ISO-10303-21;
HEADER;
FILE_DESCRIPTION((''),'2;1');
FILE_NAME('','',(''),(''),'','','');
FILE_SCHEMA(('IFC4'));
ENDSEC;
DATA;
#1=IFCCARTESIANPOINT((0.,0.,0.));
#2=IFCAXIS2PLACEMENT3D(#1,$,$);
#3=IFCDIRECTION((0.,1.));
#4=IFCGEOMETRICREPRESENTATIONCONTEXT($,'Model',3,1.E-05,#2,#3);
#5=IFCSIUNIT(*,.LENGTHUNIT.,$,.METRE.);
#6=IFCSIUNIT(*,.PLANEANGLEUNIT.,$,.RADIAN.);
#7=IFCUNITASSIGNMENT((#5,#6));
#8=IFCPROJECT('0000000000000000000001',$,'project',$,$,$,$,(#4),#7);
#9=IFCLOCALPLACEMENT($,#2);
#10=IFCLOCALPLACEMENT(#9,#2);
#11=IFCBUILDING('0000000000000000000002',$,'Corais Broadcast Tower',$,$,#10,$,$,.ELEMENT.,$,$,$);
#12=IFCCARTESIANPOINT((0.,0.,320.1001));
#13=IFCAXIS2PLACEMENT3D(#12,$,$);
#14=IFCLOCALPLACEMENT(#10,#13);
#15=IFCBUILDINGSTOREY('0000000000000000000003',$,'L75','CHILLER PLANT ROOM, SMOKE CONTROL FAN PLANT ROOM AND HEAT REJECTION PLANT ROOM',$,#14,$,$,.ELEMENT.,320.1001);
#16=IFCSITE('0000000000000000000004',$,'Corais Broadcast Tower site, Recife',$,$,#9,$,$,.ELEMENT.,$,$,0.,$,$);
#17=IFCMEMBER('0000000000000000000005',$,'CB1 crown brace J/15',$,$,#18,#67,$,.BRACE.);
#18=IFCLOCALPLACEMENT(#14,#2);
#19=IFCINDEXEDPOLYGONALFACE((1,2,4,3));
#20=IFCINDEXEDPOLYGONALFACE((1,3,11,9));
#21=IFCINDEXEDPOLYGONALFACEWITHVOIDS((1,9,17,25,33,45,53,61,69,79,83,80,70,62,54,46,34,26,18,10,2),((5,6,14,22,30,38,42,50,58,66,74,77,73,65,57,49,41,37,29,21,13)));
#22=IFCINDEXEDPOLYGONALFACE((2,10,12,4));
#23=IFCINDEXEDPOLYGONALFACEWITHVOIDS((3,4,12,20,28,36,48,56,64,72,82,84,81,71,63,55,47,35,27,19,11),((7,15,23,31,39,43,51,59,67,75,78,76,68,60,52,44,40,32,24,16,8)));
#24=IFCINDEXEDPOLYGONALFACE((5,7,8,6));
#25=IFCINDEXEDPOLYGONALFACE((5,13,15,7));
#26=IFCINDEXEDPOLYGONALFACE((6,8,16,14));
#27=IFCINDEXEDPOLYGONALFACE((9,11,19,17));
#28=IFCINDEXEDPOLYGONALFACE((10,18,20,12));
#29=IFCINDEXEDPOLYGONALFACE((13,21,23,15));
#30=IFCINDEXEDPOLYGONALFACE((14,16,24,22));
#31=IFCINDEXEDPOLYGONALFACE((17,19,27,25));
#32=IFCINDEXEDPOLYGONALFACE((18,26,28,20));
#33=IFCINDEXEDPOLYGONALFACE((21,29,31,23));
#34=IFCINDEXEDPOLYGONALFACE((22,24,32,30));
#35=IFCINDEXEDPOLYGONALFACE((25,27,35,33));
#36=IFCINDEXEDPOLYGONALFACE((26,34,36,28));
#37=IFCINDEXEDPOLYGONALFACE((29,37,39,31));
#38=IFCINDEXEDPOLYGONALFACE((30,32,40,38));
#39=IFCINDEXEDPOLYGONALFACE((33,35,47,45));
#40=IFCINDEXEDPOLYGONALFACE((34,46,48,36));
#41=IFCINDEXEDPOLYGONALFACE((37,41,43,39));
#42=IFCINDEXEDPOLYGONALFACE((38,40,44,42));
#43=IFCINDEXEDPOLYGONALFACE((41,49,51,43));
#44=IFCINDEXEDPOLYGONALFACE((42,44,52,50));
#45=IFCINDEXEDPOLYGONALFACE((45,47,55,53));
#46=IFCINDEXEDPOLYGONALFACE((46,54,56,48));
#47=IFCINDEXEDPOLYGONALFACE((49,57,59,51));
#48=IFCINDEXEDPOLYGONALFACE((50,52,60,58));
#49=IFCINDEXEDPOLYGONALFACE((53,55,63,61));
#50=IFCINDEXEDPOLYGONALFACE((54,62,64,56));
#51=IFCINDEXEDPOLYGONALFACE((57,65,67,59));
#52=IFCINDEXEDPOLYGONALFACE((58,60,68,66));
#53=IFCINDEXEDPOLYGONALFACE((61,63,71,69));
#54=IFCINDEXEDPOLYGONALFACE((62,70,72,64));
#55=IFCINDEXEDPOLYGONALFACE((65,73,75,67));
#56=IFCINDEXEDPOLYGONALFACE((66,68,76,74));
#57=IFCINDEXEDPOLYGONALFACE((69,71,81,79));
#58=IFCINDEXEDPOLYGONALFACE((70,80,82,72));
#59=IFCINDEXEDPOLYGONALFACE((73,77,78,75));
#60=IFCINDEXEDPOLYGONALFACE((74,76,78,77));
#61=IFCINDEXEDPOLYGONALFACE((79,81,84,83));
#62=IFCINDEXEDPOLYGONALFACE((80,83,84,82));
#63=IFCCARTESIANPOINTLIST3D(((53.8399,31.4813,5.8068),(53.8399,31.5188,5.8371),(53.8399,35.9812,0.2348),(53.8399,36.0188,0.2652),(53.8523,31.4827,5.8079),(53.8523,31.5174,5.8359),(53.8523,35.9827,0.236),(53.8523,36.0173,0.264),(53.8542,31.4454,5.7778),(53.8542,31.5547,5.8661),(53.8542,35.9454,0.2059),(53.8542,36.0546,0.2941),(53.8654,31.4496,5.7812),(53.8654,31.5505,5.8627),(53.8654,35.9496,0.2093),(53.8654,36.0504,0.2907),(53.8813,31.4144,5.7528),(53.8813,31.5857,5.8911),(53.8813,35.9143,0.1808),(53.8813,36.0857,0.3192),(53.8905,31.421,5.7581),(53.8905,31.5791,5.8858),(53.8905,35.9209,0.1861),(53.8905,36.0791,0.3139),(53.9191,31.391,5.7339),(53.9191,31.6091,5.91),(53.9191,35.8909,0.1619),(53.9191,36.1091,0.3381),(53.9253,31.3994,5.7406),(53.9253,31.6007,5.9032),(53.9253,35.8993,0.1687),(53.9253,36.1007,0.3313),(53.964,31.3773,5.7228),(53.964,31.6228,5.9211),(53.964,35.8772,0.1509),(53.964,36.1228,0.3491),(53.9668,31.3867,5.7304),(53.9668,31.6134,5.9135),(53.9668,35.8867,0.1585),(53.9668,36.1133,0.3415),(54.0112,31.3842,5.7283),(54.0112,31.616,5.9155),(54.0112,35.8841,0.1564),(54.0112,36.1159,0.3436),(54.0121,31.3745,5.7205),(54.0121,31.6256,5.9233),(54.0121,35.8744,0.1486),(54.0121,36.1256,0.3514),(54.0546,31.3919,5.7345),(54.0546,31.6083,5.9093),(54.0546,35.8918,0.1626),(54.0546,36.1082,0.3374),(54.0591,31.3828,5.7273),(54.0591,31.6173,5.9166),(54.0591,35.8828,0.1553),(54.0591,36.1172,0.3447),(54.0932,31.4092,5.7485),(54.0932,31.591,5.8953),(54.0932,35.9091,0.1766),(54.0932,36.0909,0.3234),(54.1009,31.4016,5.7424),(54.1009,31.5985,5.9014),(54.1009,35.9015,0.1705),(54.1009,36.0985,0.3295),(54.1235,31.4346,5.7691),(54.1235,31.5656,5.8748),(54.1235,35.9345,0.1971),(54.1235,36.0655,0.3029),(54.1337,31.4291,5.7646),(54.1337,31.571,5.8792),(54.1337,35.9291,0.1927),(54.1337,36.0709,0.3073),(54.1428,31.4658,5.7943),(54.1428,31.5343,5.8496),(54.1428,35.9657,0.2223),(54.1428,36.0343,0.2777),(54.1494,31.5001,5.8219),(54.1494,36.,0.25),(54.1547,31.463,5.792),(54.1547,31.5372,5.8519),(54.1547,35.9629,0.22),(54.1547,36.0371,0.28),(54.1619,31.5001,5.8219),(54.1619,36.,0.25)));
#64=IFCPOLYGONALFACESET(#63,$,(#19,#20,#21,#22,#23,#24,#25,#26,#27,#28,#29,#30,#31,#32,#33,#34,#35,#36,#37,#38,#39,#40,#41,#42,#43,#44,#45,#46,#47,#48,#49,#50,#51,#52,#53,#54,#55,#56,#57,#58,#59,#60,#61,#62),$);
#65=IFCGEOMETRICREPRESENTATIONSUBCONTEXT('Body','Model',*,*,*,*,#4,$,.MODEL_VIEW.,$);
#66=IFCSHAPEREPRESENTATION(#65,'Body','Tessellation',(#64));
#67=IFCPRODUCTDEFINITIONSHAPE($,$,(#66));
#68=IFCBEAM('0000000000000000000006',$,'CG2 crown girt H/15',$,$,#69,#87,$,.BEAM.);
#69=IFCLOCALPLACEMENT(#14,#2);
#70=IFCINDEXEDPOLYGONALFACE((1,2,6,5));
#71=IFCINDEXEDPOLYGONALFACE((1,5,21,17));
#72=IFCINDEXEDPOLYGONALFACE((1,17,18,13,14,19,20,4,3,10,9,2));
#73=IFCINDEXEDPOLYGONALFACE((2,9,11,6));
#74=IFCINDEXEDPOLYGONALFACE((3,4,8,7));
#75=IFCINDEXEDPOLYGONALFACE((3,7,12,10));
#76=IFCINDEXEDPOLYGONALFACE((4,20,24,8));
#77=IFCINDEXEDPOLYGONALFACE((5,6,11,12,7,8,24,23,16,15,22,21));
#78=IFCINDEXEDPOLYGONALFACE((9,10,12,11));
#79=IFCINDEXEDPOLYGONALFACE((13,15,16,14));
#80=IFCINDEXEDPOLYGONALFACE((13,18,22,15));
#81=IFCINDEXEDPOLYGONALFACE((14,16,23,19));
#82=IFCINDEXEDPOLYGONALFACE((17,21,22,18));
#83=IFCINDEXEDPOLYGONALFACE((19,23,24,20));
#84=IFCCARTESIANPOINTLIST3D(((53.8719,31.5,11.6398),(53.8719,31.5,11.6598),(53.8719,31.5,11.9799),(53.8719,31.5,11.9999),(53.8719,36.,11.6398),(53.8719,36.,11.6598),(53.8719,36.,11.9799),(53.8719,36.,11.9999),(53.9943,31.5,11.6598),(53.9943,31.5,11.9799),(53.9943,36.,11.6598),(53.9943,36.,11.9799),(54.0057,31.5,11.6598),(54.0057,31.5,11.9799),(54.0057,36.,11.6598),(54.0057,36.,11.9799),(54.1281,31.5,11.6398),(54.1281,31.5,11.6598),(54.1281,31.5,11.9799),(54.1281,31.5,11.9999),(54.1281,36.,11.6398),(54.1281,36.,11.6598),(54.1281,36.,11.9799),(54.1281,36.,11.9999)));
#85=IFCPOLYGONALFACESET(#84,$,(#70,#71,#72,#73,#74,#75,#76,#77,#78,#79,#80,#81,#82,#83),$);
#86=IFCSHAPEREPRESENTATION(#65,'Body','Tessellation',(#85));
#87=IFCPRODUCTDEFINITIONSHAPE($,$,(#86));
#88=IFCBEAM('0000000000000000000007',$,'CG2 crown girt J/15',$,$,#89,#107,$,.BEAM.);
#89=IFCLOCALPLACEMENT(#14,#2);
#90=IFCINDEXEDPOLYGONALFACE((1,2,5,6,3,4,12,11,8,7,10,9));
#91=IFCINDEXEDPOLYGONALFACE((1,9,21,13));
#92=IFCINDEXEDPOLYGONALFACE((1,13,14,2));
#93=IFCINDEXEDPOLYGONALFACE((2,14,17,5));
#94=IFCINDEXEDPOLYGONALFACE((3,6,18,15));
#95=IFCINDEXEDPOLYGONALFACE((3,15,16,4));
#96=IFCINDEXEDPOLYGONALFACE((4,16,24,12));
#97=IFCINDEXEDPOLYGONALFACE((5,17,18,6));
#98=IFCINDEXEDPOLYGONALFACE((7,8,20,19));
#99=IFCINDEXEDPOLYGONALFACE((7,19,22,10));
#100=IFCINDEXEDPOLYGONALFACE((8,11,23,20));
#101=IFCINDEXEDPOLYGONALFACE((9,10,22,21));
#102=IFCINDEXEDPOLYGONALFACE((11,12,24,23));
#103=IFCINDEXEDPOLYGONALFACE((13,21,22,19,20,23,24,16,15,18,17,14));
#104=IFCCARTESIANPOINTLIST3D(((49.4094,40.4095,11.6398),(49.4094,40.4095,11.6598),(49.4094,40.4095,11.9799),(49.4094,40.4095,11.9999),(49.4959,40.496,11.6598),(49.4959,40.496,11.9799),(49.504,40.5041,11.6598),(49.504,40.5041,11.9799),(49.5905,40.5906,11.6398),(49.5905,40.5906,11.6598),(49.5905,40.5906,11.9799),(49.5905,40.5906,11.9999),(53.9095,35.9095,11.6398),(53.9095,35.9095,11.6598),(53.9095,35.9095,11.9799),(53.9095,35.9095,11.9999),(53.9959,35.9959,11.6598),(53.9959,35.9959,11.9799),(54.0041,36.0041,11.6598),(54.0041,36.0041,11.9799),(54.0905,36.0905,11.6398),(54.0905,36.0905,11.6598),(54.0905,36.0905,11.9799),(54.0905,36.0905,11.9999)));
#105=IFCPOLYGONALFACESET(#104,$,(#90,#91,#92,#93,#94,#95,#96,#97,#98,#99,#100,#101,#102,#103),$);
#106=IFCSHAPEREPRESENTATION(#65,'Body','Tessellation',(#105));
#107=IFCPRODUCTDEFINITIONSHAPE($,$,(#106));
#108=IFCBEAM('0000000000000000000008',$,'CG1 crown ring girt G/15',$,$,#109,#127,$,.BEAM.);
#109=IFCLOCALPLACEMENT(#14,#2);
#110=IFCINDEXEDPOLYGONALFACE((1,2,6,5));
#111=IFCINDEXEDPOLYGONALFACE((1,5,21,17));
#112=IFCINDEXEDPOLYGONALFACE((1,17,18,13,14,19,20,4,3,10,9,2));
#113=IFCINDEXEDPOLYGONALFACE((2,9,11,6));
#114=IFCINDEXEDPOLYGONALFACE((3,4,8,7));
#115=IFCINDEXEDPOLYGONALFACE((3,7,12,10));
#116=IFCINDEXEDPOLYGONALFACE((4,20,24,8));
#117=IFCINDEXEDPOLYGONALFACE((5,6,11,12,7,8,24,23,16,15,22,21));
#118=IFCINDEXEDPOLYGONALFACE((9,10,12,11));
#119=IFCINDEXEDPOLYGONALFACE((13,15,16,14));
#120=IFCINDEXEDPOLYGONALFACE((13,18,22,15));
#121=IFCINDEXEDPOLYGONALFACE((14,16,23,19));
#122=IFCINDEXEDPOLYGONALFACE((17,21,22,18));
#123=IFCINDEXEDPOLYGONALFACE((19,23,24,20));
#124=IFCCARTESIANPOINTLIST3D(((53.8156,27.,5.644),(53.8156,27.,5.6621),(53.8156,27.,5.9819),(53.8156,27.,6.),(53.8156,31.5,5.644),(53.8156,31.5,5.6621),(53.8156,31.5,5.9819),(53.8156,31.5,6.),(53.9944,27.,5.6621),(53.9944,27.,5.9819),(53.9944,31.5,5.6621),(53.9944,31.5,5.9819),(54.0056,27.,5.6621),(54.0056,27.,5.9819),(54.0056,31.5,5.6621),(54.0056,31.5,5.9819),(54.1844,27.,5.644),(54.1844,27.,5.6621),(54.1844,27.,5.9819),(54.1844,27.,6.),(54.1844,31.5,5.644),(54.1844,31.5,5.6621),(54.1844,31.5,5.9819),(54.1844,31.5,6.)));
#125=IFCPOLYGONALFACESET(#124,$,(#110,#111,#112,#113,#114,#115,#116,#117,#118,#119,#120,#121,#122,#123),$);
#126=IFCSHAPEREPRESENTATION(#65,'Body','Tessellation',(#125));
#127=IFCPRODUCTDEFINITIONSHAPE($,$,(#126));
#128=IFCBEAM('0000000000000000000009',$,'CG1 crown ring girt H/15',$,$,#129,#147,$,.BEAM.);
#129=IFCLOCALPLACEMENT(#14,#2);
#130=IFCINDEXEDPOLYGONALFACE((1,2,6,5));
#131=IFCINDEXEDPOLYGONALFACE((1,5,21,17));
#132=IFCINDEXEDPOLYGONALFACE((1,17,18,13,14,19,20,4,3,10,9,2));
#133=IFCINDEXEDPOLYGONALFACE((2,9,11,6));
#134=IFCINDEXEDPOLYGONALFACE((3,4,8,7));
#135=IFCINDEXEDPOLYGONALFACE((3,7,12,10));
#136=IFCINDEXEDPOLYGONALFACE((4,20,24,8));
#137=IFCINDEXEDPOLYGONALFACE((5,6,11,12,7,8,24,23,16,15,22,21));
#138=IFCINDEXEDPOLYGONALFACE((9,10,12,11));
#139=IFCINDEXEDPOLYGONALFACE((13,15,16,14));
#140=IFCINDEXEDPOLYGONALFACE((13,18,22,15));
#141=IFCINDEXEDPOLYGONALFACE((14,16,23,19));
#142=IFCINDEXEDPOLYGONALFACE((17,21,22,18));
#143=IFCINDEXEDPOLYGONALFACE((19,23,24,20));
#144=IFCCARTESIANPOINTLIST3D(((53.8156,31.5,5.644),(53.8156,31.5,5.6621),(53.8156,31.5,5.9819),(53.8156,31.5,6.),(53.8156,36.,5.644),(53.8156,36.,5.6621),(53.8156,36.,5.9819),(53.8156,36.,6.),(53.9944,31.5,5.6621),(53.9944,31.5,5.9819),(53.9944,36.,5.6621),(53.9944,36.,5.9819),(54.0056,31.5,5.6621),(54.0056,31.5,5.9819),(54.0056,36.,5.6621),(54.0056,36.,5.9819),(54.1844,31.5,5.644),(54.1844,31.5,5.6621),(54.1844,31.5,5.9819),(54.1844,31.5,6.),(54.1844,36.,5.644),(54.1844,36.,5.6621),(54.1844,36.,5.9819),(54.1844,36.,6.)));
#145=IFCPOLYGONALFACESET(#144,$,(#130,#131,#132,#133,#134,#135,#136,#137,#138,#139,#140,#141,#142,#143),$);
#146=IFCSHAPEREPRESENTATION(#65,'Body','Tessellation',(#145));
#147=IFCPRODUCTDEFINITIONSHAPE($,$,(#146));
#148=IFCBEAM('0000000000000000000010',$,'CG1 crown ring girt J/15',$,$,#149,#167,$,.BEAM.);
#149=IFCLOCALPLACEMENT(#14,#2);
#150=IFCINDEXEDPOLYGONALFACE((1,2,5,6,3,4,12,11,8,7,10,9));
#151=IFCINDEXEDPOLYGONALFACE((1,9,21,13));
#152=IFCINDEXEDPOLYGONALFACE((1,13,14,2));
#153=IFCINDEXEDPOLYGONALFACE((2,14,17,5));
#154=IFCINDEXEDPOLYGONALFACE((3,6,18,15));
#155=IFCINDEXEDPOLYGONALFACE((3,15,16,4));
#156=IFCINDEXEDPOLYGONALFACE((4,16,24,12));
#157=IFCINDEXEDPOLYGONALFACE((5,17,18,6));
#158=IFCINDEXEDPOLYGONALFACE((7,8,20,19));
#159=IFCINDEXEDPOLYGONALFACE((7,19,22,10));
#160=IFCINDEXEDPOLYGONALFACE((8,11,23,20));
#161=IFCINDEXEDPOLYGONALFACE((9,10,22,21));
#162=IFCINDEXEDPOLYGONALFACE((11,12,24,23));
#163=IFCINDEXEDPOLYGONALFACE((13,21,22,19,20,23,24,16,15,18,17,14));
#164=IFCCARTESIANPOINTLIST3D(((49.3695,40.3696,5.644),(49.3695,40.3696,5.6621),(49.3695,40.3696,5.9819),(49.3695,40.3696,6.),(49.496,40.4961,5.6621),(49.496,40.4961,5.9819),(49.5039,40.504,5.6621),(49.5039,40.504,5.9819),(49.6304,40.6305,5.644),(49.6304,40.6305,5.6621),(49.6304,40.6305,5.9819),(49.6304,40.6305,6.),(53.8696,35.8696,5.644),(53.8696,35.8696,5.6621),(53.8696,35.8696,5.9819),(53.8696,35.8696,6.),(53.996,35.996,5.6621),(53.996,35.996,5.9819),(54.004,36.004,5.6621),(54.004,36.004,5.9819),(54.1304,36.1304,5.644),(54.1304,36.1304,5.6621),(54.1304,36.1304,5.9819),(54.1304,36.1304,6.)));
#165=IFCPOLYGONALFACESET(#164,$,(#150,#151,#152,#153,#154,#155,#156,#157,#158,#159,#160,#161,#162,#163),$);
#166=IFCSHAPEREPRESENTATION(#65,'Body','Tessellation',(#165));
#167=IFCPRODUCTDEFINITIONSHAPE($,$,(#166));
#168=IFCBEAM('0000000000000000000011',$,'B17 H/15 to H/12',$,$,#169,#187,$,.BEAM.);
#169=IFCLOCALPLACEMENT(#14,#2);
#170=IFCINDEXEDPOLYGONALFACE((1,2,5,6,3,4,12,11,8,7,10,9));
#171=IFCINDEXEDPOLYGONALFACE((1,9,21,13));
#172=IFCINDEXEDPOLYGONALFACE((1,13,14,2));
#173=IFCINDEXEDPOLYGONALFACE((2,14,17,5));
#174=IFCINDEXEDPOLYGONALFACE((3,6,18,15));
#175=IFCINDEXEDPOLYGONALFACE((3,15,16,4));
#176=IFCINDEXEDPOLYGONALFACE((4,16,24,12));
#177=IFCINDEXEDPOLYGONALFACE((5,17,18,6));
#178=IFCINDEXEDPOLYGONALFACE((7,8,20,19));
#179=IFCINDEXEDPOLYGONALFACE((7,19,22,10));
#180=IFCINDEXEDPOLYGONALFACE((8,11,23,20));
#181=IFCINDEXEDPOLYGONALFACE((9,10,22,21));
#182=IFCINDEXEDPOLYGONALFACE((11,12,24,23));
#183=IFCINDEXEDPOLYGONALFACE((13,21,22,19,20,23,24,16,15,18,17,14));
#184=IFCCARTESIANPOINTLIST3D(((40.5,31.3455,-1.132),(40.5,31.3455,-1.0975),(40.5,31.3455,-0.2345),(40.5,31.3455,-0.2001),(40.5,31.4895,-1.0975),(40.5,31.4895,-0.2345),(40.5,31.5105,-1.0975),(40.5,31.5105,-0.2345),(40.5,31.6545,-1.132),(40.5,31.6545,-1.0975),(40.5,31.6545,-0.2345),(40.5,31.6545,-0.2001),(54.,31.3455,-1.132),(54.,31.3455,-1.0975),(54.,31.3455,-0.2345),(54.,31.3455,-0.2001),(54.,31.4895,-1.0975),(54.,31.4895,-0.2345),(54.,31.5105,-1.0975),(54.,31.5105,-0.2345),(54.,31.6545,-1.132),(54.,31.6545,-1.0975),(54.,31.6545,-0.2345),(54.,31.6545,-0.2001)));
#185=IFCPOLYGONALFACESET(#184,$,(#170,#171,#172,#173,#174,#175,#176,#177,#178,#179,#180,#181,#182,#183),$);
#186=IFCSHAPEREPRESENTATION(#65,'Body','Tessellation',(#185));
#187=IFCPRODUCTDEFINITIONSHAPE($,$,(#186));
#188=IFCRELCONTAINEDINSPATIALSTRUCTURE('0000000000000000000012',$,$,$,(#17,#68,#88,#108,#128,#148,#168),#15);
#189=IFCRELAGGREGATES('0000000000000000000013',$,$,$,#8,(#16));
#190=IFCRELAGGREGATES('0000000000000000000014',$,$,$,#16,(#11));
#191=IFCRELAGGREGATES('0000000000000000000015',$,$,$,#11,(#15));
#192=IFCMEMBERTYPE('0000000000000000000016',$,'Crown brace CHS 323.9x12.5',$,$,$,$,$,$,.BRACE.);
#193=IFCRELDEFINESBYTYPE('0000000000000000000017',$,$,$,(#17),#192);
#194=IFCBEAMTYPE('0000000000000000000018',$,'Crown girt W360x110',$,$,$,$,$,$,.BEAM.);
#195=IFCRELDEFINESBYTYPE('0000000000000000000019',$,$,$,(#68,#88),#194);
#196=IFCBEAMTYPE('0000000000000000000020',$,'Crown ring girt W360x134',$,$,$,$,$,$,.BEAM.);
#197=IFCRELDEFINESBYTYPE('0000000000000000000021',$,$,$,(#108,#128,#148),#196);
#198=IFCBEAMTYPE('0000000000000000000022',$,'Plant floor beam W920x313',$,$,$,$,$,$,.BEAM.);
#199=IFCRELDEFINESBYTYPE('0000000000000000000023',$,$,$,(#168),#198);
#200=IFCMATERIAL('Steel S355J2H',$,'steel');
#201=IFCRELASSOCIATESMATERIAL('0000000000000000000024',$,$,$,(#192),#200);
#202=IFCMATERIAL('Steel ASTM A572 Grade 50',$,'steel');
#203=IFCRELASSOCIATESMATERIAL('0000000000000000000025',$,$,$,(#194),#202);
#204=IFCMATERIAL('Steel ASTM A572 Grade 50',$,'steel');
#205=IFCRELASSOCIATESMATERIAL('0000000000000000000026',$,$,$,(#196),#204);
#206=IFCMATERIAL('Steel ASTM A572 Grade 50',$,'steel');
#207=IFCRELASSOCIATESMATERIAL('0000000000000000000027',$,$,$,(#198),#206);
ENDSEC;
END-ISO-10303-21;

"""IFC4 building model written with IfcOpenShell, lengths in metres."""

from ifc_helpers import new_model, si_unit, direction, frame, origin, origin_2d, place, context, subcontext, project, spatial, hollow_circle, i_section, extrude, material, material_profile, profile_set, type_object, element, save


model = new_model("IFC4")

# Units and contexts
model_context = context("Model", 3, precision=1e-05, world=origin(), true_north=direction((0.0, 1.0)))
body_context = subcontext(model_context, "Body", "Model", "MODEL_VIEW")
ifc_project = project(units=[si_unit("LENGTHUNIT", "METRE"), si_unit("PLANEANGLEUNIT", "RADIAN")], contexts=[model_context])

# Site, building, storey
site_placement = place(None, origin())
site = spatial("IfcSite", under=ifc_project, at=site_placement, Name="Corais Broadcast Tower site, Recife", CompositionType="ELEMENT", RefElevation=0.0)
building_placement = place(site_placement, origin())
building = spatial("IfcBuilding", under=site, at=building_placement, Name="Corais Broadcast Tower", CompositionType="ELEMENT")
storey_placement = place(building_placement, frame((0.0, 0.0, 320.1001)))
storey = spatial("IfcBuildingStorey", under=building, at=storey_placement, Name="L75", Description="CHILLER PLANT ROOM, SMOKE CONTROL FAN PLANT ROOM AND HEAT REJECTION PLANT ROOM", CompositionType="ELEMENT", Elevation=320.1001)

# Member
ifc_material_1 = material(Name="Steel S355J2H", Category="steel")
ifc_material_profile_1 = material_profile(ifc_material_1, hollow_circle(Radius=0.1619, WallThickness=0.0125, at=origin_2d()), Name="CHS 323.9x12.5")
ifc_profile_set_1 = profile_set([ifc_material_profile_1], Name="Steel S355J2H")
member_type_1 = type_object("IfcMemberType", Name="Crown brace CHS 323.9x12.5", PredefinedType="BRACE", material=ifc_profile_set_1)
for number, where, z_axis, x_axis, name in (
    (1, (54.0, 36.0, 0.25), (0.0, -0.628297, 0.777974), (1.0, 0.0, 0.0), "CB1 crown brace J/15"),
):
    element("IfcMember", number, at=place(storey_placement, frame(where, z_axis=z_axis, x_axis=x_axis)), inside=storey, type_object=member_type_1, Name=name, PredefinedType="BRACE", context=body_context, shape_type="SweptSolid", body=[
        extrude(hollow_circle(Radius=0.1619, WallThickness=0.0125, at=origin_2d()), origin(), (0.0, 0.0, 1.0), 7.1621),
    ])

# Beams
ifc_material_2 = material(Name="Steel ASTM A572 Grade 50", Category="steel")
ifc_material_profile_2 = material_profile(ifc_material_2, i_section(OverallWidth=0.2561, OverallDepth=0.3601, WebThickness=0.0115, FlangeThickness=0.02, at=origin_2d()), Name="W360x110")
ifc_profile_set_2 = profile_set([ifc_material_profile_2], Name="Steel ASTM A572 Grade 50")
beam_type_1 = type_object("IfcBeamType", Name="Crown girt W360x110", PredefinedType="BEAM", material=ifc_profile_set_2)
beam_1_placement = place(storey_placement, frame((54.0, 31.5, 11.8198), z_axis=(0.0, 1.0, 0.0), x_axis=(-1.0, 0.0, 0.0)))
element("IfcBeam", 2, at=beam_1_placement, inside=storey, type_object=beam_type_1, Name="CG2 crown girt H/15", PredefinedType="BEAM", context=body_context, shape_type="SweptSolid", body=[
    extrude(i_section(OverallWidth=0.2561, OverallDepth=0.3601, WebThickness=0.0115, FlangeThickness=0.02, at=origin_2d()), origin(), (0.0, 0.0, 1.0), 4.5),
])
beam_2_placement = place(storey_placement, frame((54.0, 36.0, 11.8198), z_axis=(-0.707107, 0.707107, 0.0), x_axis=(-0.707107, -0.707107, 0.0)))
element("IfcBeam", 3, at=beam_2_placement, inside=storey, type_object=beam_type_1, Name="CG2 crown girt J/15", PredefinedType="BEAM", context=body_context, shape_type="SweptSolid", body=[
    extrude(i_section(OverallWidth=0.2561, OverallDepth=0.3601, WebThickness=0.0115, FlangeThickness=0.02, at=origin_2d()), origin(), (0.0, 0.0, 1.0), 6.364),
])
ifc_material_3 = material(Name="Steel ASTM A572 Grade 50", Category="steel")
ifc_material_profile_3 = material_profile(ifc_material_3, i_section(OverallWidth=0.3689, OverallDepth=0.356, WebThickness=0.0112, FlangeThickness=0.0181, at=origin_2d()), Name="W360x134")
ifc_profile_set_3 = profile_set([ifc_material_profile_3], Name="Steel ASTM A572 Grade 50")
beam_type_2 = type_object("IfcBeamType", Name="Crown ring girt W360x134", PredefinedType="BEAM", material=ifc_profile_set_3)
for number, where, z_axis, x_axis, name in (
    (4, (54.0, 27.0, 5.822), (0.0, 1.0, 0.0), (-1.0, 0.0, 0.0), "CG1 crown ring girt G/15"),
    (5, (54.0, 31.5, 5.822), (0.0, 1.0, 0.0), (-1.0, 0.0, 0.0), "CG1 crown ring girt H/15"),
):
    element("IfcBeam", number, at=place(storey_placement, frame(where, z_axis=z_axis, x_axis=x_axis)), inside=storey, type_object=beam_type_2, Name=name, PredefinedType="BEAM", context=body_context, shape_type="SweptSolid", body=[
        extrude(i_section(OverallWidth=0.3689, OverallDepth=0.356, WebThickness=0.0112, FlangeThickness=0.0181, at=origin_2d()), origin(), (0.0, 0.0, 1.0), 4.5),
    ])
beam_3_placement = place(storey_placement, frame((54.0, 36.0, 5.822), z_axis=(-0.707107, 0.707107, 0.0), x_axis=(-0.707107, -0.707107, 0.0)))
element("IfcBeam", 6, at=beam_3_placement, inside=storey, type_object=beam_type_2, Name="CG1 crown ring girt J/15", PredefinedType="BEAM", context=body_context, shape_type="SweptSolid", body=[
    extrude(i_section(OverallWidth=0.3689, OverallDepth=0.356, WebThickness=0.0112, FlangeThickness=0.0181, at=origin_2d()), origin(), (0.0, 0.0, 1.0), 6.364),
])
ifc_material_4 = material(Name="Steel ASTM A572 Grade 50", Category="steel")
ifc_material_profile_4 = material_profile(ifc_material_4, i_section(OverallWidth=0.3091, OverallDepth=0.9319, WebThickness=0.021, FlangeThickness=0.0344, at=origin_2d()), Name="W920x313")
ifc_profile_set_4 = profile_set([ifc_material_profile_4], Name="Steel ASTM A572 Grade 50")
beam_type_3 = type_object("IfcBeamType", Name="Plant floor beam W920x313", PredefinedType="BEAM", material=ifc_profile_set_4)
for number, where, z_axis, x_axis, name in (
    (7, (54.0, 31.5, -0.666), (-1.0, 0.0, 0.0), (0.0, -1.0, 0.0), "B17 H/15 to H/12"),
):
    element("IfcBeam", number, at=place(storey_placement, frame(where, z_axis=z_axis, x_axis=x_axis)), inside=storey, type_object=beam_type_3, Name=name, PredefinedType="BEAM", context=body_context, shape_type="SweptSolid", body=[
        extrude(i_section(OverallWidth=0.3091, OverallDepth=0.9319, WebThickness=0.021, FlangeThickness=0.0344, at=origin_2d()), origin(), (0.0, 0.0, 1.0), 13.5),
    ])

save(model, "model.ifc")
